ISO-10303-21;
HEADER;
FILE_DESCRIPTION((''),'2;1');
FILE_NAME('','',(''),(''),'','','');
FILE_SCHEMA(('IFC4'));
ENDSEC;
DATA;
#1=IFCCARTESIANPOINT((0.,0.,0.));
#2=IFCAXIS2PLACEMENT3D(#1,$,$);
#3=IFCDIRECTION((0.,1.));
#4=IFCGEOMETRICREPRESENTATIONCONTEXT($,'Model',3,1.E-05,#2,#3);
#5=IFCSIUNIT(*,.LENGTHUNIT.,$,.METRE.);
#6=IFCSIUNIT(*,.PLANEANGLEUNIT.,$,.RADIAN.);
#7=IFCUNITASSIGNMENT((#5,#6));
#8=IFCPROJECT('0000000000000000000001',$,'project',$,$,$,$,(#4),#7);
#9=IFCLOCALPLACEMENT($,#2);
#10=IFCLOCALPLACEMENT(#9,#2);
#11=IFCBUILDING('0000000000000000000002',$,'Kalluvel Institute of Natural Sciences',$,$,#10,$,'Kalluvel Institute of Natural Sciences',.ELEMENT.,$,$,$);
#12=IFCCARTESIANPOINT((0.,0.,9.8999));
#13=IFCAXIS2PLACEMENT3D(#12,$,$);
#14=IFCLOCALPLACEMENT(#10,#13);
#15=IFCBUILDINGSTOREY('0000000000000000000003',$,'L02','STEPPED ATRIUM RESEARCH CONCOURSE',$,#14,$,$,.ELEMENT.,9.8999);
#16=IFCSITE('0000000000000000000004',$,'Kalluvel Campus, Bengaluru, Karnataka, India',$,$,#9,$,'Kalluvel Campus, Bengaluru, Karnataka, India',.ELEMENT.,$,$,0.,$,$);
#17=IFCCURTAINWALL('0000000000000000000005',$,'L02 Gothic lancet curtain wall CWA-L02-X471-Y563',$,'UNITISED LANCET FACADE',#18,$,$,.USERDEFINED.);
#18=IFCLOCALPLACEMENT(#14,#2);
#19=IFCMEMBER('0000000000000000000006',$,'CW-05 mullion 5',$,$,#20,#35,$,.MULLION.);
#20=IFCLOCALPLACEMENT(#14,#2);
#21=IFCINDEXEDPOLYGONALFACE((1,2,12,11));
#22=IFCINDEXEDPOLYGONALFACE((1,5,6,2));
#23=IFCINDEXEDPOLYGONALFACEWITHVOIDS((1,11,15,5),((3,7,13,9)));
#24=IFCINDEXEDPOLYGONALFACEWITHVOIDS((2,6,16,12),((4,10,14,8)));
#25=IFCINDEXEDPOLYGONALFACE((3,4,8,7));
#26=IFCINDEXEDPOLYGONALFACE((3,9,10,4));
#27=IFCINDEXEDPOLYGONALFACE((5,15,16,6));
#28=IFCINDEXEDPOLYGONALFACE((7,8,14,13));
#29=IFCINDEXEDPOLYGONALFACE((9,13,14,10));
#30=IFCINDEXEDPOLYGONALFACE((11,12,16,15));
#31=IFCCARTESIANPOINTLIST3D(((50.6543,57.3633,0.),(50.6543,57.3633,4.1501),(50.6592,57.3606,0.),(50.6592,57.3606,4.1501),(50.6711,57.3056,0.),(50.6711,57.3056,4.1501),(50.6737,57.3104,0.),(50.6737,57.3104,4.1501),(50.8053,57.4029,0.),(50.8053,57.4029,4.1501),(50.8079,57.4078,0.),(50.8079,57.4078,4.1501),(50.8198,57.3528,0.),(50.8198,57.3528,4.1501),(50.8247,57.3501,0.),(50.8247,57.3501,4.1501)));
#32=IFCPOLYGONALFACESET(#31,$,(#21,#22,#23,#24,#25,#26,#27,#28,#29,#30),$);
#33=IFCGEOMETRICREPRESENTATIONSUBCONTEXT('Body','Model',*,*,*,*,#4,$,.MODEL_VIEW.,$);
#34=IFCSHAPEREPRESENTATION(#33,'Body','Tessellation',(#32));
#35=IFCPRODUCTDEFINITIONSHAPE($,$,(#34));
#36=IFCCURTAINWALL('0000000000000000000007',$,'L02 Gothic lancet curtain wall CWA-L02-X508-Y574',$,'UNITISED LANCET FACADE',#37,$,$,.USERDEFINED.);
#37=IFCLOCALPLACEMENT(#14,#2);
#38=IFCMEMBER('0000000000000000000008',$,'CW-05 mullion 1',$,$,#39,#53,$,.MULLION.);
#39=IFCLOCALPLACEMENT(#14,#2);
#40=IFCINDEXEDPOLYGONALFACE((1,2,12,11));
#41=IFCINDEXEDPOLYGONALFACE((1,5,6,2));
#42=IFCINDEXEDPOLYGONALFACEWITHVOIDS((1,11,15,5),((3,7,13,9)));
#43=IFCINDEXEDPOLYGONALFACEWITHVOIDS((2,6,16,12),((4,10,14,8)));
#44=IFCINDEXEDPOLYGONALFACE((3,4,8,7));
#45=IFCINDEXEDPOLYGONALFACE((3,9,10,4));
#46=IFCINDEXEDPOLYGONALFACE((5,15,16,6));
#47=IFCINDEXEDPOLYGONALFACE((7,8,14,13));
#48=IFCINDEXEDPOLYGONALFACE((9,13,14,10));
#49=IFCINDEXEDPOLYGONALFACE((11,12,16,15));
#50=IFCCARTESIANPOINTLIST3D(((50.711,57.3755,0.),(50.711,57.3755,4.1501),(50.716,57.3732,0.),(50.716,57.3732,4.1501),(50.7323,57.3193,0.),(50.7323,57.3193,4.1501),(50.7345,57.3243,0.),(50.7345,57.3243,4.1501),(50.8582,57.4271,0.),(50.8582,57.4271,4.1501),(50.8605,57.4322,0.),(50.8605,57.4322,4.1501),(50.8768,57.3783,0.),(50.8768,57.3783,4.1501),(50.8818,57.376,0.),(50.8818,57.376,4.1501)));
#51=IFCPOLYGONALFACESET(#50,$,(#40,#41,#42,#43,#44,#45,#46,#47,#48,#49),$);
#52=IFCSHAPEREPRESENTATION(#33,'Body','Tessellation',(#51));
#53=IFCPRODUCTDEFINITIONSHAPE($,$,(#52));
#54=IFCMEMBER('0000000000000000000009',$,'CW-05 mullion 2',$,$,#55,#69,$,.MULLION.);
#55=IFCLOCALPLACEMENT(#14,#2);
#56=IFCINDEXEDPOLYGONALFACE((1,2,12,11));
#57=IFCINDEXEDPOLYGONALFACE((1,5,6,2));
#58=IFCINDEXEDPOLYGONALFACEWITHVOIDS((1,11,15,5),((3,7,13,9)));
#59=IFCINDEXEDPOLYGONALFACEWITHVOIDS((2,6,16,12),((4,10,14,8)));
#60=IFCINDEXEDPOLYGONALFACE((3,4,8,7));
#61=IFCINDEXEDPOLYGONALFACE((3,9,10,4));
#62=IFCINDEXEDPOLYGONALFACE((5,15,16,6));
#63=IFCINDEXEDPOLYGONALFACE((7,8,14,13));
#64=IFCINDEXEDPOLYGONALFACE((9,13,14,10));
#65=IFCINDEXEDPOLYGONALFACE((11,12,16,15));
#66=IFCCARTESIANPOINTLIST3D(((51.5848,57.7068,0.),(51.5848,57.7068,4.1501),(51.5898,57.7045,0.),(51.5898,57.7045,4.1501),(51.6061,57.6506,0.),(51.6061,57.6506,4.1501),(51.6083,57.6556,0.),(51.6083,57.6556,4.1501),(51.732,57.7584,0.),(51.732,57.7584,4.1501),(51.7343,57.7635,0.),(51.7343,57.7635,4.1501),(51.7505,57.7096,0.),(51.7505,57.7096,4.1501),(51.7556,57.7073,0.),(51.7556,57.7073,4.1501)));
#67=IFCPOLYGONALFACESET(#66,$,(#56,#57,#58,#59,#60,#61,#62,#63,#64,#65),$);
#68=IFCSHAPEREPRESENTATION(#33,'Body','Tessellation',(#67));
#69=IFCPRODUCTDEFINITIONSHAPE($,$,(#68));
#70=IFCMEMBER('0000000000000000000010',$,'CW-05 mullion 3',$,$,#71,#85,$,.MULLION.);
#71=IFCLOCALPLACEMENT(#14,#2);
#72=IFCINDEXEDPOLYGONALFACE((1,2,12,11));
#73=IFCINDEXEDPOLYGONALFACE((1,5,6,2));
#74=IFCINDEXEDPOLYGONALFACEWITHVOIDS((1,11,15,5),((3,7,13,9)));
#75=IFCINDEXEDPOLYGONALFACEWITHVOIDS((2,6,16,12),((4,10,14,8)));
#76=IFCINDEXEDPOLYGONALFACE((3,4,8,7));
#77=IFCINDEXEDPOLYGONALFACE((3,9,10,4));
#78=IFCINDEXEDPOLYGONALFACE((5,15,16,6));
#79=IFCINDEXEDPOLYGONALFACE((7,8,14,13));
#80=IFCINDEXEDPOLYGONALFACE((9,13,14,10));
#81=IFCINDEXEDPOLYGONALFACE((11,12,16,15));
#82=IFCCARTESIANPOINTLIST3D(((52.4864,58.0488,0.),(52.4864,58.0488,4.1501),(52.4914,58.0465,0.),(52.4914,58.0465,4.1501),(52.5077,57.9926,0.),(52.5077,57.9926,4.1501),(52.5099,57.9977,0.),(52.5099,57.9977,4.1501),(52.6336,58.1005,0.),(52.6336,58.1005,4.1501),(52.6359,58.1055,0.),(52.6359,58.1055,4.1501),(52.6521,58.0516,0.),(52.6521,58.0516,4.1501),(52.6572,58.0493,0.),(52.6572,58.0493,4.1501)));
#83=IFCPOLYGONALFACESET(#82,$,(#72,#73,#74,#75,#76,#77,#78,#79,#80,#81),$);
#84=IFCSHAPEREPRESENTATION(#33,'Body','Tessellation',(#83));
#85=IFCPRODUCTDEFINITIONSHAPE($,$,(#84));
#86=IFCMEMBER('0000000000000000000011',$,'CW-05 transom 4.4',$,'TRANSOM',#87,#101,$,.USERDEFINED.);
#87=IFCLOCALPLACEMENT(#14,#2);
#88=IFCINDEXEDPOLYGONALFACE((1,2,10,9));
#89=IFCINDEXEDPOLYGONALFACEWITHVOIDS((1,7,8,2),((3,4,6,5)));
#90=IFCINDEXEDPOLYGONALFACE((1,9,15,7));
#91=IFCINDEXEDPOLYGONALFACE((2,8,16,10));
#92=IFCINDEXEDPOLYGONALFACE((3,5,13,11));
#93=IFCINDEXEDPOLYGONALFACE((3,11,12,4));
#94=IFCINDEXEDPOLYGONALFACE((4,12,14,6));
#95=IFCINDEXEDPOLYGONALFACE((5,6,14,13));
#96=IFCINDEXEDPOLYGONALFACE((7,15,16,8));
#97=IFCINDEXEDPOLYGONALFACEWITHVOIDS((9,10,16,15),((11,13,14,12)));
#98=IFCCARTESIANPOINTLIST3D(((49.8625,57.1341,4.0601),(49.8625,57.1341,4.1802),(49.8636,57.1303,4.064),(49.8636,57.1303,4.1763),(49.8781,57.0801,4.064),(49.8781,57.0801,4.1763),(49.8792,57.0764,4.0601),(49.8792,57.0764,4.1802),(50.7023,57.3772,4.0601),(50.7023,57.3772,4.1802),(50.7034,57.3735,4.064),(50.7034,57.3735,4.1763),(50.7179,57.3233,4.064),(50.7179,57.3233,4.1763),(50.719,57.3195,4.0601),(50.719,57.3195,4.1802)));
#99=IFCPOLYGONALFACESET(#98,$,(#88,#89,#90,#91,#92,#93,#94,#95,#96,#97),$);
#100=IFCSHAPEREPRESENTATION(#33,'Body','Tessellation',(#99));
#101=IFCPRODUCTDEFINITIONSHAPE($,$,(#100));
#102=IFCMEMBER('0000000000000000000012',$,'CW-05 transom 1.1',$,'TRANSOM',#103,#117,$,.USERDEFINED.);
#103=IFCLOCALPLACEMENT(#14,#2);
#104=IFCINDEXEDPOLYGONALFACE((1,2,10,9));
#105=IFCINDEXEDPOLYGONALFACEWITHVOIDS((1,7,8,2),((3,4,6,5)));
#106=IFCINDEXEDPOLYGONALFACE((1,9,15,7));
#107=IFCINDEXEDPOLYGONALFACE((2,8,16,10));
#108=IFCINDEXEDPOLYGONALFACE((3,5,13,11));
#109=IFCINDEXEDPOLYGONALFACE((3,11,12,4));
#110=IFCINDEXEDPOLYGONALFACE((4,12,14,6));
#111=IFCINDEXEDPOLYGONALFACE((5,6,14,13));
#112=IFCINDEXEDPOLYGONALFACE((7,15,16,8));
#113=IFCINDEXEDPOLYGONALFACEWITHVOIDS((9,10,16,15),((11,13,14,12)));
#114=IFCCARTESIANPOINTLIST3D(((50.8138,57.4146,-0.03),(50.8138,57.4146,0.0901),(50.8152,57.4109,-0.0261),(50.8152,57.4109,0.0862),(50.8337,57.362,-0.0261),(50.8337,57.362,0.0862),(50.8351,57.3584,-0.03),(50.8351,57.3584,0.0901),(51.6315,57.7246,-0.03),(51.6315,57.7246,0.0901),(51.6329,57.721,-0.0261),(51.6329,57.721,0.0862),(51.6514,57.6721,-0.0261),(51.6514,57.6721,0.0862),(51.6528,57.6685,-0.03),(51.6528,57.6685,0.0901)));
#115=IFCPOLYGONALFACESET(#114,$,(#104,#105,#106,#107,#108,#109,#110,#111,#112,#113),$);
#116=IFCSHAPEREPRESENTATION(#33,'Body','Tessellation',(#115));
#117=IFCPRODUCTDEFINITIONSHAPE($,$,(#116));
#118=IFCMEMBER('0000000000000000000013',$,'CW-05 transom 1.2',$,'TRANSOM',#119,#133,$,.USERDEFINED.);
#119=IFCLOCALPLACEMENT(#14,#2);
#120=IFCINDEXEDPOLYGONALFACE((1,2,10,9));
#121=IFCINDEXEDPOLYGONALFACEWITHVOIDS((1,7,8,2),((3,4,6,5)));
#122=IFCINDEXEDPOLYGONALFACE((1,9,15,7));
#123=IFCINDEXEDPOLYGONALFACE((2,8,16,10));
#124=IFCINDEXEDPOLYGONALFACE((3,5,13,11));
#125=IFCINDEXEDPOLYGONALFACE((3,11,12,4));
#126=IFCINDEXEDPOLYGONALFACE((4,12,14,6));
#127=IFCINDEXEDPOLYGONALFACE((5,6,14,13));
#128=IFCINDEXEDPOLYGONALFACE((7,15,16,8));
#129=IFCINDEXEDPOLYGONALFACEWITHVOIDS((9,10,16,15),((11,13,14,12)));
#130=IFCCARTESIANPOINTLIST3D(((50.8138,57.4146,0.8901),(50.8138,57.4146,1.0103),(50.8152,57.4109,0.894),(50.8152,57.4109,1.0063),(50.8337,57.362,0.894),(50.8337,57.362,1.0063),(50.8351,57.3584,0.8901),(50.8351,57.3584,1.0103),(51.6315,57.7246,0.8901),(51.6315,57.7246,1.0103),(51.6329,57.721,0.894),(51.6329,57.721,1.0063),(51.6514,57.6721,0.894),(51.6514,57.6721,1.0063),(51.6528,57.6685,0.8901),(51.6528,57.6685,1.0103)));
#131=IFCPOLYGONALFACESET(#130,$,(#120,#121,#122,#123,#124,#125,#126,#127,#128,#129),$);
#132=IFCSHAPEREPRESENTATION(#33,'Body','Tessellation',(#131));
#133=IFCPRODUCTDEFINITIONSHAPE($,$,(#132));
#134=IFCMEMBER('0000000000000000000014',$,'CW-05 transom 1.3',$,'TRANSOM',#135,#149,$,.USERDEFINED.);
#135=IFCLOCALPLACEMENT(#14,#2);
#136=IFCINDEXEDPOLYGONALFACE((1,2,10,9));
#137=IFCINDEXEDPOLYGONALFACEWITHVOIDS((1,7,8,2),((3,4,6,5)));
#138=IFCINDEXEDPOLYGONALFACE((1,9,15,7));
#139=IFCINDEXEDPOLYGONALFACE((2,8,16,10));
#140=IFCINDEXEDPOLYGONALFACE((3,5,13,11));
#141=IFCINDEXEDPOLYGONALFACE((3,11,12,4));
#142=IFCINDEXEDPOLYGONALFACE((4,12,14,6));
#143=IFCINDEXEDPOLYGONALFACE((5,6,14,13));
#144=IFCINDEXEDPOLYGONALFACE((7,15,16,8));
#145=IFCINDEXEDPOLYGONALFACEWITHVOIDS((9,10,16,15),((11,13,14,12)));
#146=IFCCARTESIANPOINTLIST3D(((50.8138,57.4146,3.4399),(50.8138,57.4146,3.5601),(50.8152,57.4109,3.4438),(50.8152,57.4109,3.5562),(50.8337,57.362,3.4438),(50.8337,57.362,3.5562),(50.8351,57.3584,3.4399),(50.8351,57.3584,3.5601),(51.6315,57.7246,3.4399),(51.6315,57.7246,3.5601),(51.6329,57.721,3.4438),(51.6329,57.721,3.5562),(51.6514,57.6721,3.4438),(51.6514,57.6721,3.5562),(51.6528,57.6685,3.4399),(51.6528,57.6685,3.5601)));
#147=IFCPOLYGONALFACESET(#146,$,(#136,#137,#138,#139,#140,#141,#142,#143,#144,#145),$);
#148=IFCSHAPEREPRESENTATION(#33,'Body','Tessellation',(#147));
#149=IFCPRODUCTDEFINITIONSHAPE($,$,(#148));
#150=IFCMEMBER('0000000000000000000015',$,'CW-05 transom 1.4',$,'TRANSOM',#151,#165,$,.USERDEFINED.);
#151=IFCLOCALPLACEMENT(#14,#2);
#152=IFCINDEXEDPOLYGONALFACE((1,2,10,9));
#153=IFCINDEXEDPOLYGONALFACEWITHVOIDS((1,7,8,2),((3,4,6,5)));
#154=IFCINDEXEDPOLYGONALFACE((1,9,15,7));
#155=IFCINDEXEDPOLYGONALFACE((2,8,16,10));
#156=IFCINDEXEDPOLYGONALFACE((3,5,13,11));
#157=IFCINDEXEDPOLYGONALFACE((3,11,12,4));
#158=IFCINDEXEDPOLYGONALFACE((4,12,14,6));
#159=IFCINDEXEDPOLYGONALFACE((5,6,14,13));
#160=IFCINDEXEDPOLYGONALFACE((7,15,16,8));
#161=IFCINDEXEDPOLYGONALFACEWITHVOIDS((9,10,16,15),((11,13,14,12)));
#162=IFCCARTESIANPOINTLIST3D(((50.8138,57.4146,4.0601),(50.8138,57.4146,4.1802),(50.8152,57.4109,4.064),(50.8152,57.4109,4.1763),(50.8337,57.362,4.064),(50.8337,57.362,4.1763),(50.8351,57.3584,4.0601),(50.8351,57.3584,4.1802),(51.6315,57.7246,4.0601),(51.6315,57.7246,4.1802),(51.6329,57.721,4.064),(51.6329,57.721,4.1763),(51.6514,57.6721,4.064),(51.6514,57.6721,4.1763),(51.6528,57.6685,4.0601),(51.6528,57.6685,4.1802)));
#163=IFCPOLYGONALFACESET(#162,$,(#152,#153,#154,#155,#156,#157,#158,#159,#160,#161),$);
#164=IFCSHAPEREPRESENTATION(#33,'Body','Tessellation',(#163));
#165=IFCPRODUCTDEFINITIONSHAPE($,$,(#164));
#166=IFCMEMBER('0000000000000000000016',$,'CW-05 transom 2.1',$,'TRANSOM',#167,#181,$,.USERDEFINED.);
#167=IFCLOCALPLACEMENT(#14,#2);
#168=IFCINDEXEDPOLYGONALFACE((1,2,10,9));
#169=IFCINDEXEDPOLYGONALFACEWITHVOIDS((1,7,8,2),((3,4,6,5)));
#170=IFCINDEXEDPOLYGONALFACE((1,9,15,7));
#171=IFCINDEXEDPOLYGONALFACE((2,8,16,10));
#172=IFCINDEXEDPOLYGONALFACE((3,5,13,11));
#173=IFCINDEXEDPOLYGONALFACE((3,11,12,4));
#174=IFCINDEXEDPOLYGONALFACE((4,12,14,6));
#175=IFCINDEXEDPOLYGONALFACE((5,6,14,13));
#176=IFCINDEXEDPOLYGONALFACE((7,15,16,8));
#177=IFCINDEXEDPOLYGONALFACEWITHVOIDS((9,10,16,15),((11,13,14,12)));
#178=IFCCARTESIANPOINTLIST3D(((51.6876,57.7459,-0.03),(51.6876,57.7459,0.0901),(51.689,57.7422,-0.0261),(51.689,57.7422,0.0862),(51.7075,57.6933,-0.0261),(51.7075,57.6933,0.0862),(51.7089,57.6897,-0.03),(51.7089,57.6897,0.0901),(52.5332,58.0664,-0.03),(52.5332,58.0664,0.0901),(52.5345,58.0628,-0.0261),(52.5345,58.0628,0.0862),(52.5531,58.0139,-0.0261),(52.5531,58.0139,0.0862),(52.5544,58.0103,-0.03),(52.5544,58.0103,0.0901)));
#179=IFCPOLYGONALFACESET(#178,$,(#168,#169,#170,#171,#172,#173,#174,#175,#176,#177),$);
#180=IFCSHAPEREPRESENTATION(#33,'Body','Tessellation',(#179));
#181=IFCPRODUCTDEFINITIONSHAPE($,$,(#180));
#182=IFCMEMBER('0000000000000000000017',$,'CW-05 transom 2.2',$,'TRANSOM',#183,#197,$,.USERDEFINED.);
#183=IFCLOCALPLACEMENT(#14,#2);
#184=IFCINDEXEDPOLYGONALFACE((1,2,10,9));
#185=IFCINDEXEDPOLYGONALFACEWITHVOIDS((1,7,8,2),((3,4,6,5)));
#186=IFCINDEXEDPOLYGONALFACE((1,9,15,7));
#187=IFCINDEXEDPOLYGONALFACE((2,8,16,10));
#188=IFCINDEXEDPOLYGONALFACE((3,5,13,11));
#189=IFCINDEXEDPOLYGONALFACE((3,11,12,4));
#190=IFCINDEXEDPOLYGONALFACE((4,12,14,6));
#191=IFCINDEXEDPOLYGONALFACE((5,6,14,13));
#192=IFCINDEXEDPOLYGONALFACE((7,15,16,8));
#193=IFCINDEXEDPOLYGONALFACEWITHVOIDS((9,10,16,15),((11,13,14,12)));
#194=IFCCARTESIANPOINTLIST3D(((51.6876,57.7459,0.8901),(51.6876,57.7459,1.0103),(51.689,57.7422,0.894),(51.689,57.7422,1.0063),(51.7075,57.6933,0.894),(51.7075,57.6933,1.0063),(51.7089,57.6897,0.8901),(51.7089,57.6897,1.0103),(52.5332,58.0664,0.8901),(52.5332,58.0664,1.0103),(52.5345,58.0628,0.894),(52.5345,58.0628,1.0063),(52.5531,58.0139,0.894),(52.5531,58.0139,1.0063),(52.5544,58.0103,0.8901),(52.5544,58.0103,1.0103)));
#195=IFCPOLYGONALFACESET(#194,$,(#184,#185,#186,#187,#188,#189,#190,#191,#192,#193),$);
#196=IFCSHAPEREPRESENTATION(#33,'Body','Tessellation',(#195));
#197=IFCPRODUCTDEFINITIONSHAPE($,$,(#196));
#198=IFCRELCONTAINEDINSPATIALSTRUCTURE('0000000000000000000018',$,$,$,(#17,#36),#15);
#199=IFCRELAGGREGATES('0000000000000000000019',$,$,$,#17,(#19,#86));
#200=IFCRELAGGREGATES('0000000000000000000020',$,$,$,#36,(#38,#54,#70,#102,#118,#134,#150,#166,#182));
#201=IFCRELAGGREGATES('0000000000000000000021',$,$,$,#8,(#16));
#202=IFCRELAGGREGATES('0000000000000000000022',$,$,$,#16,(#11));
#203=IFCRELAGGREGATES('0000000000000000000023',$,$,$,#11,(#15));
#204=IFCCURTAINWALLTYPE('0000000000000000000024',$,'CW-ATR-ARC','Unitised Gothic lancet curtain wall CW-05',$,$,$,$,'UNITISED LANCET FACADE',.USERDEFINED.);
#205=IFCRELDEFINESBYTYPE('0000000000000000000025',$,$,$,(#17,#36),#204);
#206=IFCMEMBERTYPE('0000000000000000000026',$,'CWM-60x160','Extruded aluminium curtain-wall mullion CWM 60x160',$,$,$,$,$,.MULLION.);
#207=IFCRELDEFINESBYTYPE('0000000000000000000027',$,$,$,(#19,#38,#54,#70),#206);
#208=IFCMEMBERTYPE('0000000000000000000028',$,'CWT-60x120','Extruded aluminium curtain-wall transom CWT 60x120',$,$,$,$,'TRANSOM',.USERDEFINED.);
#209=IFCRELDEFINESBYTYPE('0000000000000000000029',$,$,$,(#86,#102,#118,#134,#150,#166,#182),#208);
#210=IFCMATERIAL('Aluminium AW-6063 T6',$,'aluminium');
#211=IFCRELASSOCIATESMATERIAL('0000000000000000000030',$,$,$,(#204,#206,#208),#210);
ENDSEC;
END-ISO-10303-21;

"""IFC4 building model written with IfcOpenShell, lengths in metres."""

from ifc_helpers import new_model, si_unit, direction, frame, origin, origin_2d, place, context, subcontext, project, spatial, hollow_rectangle, extrude, material, material_profile, profile_set, type_object, element, aggregate, save


model = new_model("IFC4")

# Units and contexts
model_context = context("Model", 3, precision=1e-05, world=origin(), true_north=direction((0.0, 1.0)))
body_context = subcontext(model_context, "Body", "Model", "MODEL_VIEW")
ifc_project = project(units=[si_unit("LENGTHUNIT", "METRE"), si_unit("PLANEANGLEUNIT", "RADIAN")], contexts=[model_context])

# Site, building, storey
site_placement = place(None, origin())
site = spatial("IfcSite", under=ifc_project, at=site_placement, Name="Kalluvel Campus, Bengaluru, Karnataka, India", LongName="Kalluvel Campus, Bengaluru, Karnataka, India", CompositionType="ELEMENT", RefElevation=0.0)
building_placement = place(site_placement, origin())
building = spatial("IfcBuilding", under=site, at=building_placement, Name="Kalluvel Institute of Natural Sciences", LongName="Kalluvel Institute of Natural Sciences", CompositionType="ELEMENT")
storey_placement = place(building_placement, frame((0.0, 0.0, 9.8999)))
storey = spatial("IfcBuildingStorey", under=building, at=storey_placement, Name="L02", Description="STEPPED ATRIUM RESEARCH CONCOURSE", CompositionType="ELEMENT", Elevation=9.8999)

# Curtain wall, member
ifc_material_1 = material(Name="Aluminium AW-6063 T6", Category="aluminium")
curtain_wall_type = type_object("IfcCurtainWallType", Name="CW-ATR-ARC", Description="Unitised Gothic lancet curtain wall CW-05", ElementType="UNITISED LANCET FACADE", PredefinedType="USERDEFINED", material=ifc_material_1)
curtain_wall_1_placement = place(storey_placement, origin())
curtain_wall_1 = element("IfcCurtainWall", 1, at=curtain_wall_1_placement, inside=storey, type_object=curtain_wall_type, Name="L02 Gothic lancet curtain wall CWA-L02-X471-Y563", ObjectType="UNITISED LANCET FACADE", PredefinedType="USERDEFINED")
ifc_material_profile_1 = material_profile(ifc_material_1, hollow_rectangle(XDim=0.0601, YDim=0.1599, WallThickness=0.0039, at=origin_2d()), Name="CWM 60x160")
ifc_profile_set_1 = profile_set([ifc_material_profile_1], Name="Aluminium AW-6063 T6")
member_type_1 = type_object("IfcMemberType", Name="CWM-60x160", Description="Extruded aluminium curtain-wall mullion CWM 60x160", PredefinedType="MULLION", material=ifc_profile_set_1)
member_1_placement = place(storey_placement, frame((50.7395, 57.3567, 0.0), z_axis=(0.0, 0.0, 1.0), x_axis=(-0.278212, 0.96052, 0.0)))
member_1 = element("IfcMember", 2, at=member_1_placement, type_object=member_type_1, Name="CW-05 mullion 5", PredefinedType="MULLION", context=body_context, shape_type="SweptSolid", body=[
    extrude(hollow_rectangle(XDim=0.0601, YDim=0.1599, WallThickness=0.0039, at=origin_2d()), origin(), (0.0, 0.0, 1.0), 4.1501),
])

# Curtain wall, members
curtain_wall_2_placement = place(storey_placement, origin())
curtain_wall_2 = element("IfcCurtainWall", 3, at=curtain_wall_2_placement, inside=storey, type_object=curtain_wall_type, Name="L02 Gothic lancet curtain wall CWA-L02-X508-Y574", ObjectType="UNITISED LANCET FACADE", PredefinedType="USERDEFINED")
member_2_placement = place(storey_placement, frame((50.7964, 57.3757, 0.0), z_axis=(0.0, 0.0, 1.0), x_axis=(-0.35461, 0.935014, 0.0)))
member_2 = element("IfcMember", 4, at=member_2_placement, type_object=member_type_1, Name="CW-05 mullion 1", PredefinedType="MULLION", context=body_context, shape_type="SweptSolid", body=[
    extrude(hollow_rectangle(XDim=0.0601, YDim=0.1599, WallThickness=0.0039, at=origin_2d()), origin(), (0.0, 0.0, 1.0), 4.1501),
])
member_3_placement = place(storey_placement, frame((51.6702, 57.707, 0.0), z_axis=(0.0, 0.0, 1.0), x_axis=(-0.35461, 0.935014, 0.0)))
member_3 = element("IfcMember", 5, at=member_3_placement, type_object=member_type_1, Name="CW-05 mullion 2", PredefinedType="MULLION", context=body_context, shape_type="SweptSolid", body=[
    extrude(hollow_rectangle(XDim=0.0601, YDim=0.1599, WallThickness=0.0039, at=origin_2d()), origin(), (0.0, 0.0, 1.0), 4.1501),
])
member_4_placement = place(storey_placement, frame((52.5718, 58.0491, 0.0), z_axis=(0.0, 0.0, 1.0), x_axis=(-0.35461, 0.935014, 0.0)))
member_4 = element("IfcMember", 6, at=member_4_placement, type_object=member_type_1, Name="CW-05 mullion 3", PredefinedType="MULLION", context=body_context, shape_type="SweptSolid", body=[
    extrude(hollow_rectangle(XDim=0.0601, YDim=0.1599, WallThickness=0.0039, at=origin_2d()), origin(), (0.0, 0.0, 1.0), 4.1501),
])

# Members
ifc_material_profile_2 = material_profile(ifc_material_1, hollow_rectangle(XDim=0.0601, YDim=0.1201, WallThickness=0.0039, at=origin_2d()), Name="CWT 60x120")
ifc_profile_set_2 = profile_set([ifc_material_profile_2], Name="Aluminium AW-6063 T6")
member_type_2 = type_object("IfcMemberType", Name="CWT-60x120", Description="Extruded aluminium curtain-wall transom CWT 60x120", ElementType="TRANSOM", PredefinedType="USERDEFINED", material=ifc_profile_set_2)
member_5_placement = place(storey_placement, frame((49.8708, 57.1052, 4.1201), z_axis=(0.960549, 0.278112, 0.0), x_axis=(-0.278112, 0.960549, 0.0)))
member_5 = element("IfcMember", 7, at=member_5_placement, type_object=member_type_2, Name="CW-05 transom 4.4", ObjectType="TRANSOM", PredefinedType="USERDEFINED", context=body_context, shape_type="SweptSolid", body=[
    extrude(hollow_rectangle(XDim=0.0601, YDim=0.1201, WallThickness=0.0039, at=origin_2d()), origin(), (0.0, 0.0, 1.0), 0.8743),
])
member_6_placement = place(storey_placement, frame((50.8245, 57.3865, 0.03), z_axis=(0.935026, 0.354578, 0.0), x_axis=(-0.354578, 0.935026, 0.0)))
member_6 = element("IfcMember", 8, at=member_6_placement, type_object=member_type_2, Name="CW-05 transom 1.1", ObjectType="TRANSOM", PredefinedType="USERDEFINED", context=body_context, shape_type="SweptSolid", body=[
    extrude(hollow_rectangle(XDim=0.0601, YDim=0.1201, WallThickness=0.0039, at=origin_2d()), origin(), (0.0, 0.0, 1.0), 0.8745),
])
member_7_placement = place(storey_placement, frame((50.8245, 57.3865, 0.9502), z_axis=(0.935026, 0.354578, 0.0), x_axis=(-0.354578, 0.935026, 0.0)))
member_7 = element("IfcMember", 9, at=member_7_placement, type_object=member_type_2, Name="CW-05 transom 1.2", ObjectType="TRANSOM", PredefinedType="USERDEFINED", context=body_context, shape_type="SweptSolid", body=[
    extrude(hollow_rectangle(XDim=0.0601, YDim=0.1201, WallThickness=0.0039, at=origin_2d()), origin(), (0.0, 0.0, 1.0), 0.8745),
])
member_8_placement = place(storey_placement, frame((50.8245, 57.3865, 3.5), z_axis=(0.935026, 0.354578, 0.0), x_axis=(-0.354578, 0.935026, 0.0)))
member_8 = element("IfcMember", 10, at=member_8_placement, type_object=member_type_2, Name="CW-05 transom 1.3", ObjectType="TRANSOM", PredefinedType="USERDEFINED", context=body_context, shape_type="SweptSolid", body=[
    extrude(hollow_rectangle(XDim=0.0601, YDim=0.1201, WallThickness=0.0039, at=origin_2d()), origin(), (0.0, 0.0, 1.0), 0.8745),
])
member_9_placement = place(storey_placement, frame((50.8245, 57.3865, 4.1201), z_axis=(0.935026, 0.354578, 0.0), x_axis=(-0.354578, 0.935026, 0.0)))
member_9 = element("IfcMember", 11, at=member_9_placement, type_object=member_type_2, Name="CW-05 transom 1.4", ObjectType="TRANSOM", PredefinedType="USERDEFINED", context=body_context, shape_type="SweptSolid", body=[
    extrude(hollow_rectangle(XDim=0.0601, YDim=0.1201, WallThickness=0.0039, at=origin_2d()), origin(), (0.0, 0.0, 1.0), 0.8745),
])
member_10_placement = place(storey_placement, frame((51.6982, 57.7178, 0.03), z_axis=(0.935047, 0.354524, 0.0), x_axis=(-0.354524, 0.935047, 0.0)))
member_10 = element("IfcMember", 12, at=member_10_placement, type_object=member_type_2, Name="CW-05 transom 2.1", ObjectType="TRANSOM", PredefinedType="USERDEFINED", context=body_context, shape_type="SweptSolid", body=[
    extrude(hollow_rectangle(XDim=0.0601, YDim=0.1201, WallThickness=0.0039, at=origin_2d()), origin(), (0.0, 0.0, 1.0), 0.9043),
])
member_11_placement = place(storey_placement, frame((51.6982, 57.7178, 0.9502), z_axis=(0.935047, 0.354524, 0.0), x_axis=(-0.354524, 0.935047, 0.0)))
member_11 = element("IfcMember", 13, at=member_11_placement, type_object=member_type_2, Name="CW-05 transom 2.2", ObjectType="TRANSOM", PredefinedType="USERDEFINED", context=body_context, shape_type="SweptSolid", body=[
    extrude(hollow_rectangle(XDim=0.0601, YDim=0.1201, WallThickness=0.0039, at=origin_2d()), origin(), (0.0, 0.0, 1.0), 0.9043),
])

aggregate(curtain_wall_1, [member_1, member_5])
aggregate(curtain_wall_2, [member_2, member_3, member_4, member_6, member_7, member_8, member_9, member_10, member_11])

save(model, "model.ifc")
